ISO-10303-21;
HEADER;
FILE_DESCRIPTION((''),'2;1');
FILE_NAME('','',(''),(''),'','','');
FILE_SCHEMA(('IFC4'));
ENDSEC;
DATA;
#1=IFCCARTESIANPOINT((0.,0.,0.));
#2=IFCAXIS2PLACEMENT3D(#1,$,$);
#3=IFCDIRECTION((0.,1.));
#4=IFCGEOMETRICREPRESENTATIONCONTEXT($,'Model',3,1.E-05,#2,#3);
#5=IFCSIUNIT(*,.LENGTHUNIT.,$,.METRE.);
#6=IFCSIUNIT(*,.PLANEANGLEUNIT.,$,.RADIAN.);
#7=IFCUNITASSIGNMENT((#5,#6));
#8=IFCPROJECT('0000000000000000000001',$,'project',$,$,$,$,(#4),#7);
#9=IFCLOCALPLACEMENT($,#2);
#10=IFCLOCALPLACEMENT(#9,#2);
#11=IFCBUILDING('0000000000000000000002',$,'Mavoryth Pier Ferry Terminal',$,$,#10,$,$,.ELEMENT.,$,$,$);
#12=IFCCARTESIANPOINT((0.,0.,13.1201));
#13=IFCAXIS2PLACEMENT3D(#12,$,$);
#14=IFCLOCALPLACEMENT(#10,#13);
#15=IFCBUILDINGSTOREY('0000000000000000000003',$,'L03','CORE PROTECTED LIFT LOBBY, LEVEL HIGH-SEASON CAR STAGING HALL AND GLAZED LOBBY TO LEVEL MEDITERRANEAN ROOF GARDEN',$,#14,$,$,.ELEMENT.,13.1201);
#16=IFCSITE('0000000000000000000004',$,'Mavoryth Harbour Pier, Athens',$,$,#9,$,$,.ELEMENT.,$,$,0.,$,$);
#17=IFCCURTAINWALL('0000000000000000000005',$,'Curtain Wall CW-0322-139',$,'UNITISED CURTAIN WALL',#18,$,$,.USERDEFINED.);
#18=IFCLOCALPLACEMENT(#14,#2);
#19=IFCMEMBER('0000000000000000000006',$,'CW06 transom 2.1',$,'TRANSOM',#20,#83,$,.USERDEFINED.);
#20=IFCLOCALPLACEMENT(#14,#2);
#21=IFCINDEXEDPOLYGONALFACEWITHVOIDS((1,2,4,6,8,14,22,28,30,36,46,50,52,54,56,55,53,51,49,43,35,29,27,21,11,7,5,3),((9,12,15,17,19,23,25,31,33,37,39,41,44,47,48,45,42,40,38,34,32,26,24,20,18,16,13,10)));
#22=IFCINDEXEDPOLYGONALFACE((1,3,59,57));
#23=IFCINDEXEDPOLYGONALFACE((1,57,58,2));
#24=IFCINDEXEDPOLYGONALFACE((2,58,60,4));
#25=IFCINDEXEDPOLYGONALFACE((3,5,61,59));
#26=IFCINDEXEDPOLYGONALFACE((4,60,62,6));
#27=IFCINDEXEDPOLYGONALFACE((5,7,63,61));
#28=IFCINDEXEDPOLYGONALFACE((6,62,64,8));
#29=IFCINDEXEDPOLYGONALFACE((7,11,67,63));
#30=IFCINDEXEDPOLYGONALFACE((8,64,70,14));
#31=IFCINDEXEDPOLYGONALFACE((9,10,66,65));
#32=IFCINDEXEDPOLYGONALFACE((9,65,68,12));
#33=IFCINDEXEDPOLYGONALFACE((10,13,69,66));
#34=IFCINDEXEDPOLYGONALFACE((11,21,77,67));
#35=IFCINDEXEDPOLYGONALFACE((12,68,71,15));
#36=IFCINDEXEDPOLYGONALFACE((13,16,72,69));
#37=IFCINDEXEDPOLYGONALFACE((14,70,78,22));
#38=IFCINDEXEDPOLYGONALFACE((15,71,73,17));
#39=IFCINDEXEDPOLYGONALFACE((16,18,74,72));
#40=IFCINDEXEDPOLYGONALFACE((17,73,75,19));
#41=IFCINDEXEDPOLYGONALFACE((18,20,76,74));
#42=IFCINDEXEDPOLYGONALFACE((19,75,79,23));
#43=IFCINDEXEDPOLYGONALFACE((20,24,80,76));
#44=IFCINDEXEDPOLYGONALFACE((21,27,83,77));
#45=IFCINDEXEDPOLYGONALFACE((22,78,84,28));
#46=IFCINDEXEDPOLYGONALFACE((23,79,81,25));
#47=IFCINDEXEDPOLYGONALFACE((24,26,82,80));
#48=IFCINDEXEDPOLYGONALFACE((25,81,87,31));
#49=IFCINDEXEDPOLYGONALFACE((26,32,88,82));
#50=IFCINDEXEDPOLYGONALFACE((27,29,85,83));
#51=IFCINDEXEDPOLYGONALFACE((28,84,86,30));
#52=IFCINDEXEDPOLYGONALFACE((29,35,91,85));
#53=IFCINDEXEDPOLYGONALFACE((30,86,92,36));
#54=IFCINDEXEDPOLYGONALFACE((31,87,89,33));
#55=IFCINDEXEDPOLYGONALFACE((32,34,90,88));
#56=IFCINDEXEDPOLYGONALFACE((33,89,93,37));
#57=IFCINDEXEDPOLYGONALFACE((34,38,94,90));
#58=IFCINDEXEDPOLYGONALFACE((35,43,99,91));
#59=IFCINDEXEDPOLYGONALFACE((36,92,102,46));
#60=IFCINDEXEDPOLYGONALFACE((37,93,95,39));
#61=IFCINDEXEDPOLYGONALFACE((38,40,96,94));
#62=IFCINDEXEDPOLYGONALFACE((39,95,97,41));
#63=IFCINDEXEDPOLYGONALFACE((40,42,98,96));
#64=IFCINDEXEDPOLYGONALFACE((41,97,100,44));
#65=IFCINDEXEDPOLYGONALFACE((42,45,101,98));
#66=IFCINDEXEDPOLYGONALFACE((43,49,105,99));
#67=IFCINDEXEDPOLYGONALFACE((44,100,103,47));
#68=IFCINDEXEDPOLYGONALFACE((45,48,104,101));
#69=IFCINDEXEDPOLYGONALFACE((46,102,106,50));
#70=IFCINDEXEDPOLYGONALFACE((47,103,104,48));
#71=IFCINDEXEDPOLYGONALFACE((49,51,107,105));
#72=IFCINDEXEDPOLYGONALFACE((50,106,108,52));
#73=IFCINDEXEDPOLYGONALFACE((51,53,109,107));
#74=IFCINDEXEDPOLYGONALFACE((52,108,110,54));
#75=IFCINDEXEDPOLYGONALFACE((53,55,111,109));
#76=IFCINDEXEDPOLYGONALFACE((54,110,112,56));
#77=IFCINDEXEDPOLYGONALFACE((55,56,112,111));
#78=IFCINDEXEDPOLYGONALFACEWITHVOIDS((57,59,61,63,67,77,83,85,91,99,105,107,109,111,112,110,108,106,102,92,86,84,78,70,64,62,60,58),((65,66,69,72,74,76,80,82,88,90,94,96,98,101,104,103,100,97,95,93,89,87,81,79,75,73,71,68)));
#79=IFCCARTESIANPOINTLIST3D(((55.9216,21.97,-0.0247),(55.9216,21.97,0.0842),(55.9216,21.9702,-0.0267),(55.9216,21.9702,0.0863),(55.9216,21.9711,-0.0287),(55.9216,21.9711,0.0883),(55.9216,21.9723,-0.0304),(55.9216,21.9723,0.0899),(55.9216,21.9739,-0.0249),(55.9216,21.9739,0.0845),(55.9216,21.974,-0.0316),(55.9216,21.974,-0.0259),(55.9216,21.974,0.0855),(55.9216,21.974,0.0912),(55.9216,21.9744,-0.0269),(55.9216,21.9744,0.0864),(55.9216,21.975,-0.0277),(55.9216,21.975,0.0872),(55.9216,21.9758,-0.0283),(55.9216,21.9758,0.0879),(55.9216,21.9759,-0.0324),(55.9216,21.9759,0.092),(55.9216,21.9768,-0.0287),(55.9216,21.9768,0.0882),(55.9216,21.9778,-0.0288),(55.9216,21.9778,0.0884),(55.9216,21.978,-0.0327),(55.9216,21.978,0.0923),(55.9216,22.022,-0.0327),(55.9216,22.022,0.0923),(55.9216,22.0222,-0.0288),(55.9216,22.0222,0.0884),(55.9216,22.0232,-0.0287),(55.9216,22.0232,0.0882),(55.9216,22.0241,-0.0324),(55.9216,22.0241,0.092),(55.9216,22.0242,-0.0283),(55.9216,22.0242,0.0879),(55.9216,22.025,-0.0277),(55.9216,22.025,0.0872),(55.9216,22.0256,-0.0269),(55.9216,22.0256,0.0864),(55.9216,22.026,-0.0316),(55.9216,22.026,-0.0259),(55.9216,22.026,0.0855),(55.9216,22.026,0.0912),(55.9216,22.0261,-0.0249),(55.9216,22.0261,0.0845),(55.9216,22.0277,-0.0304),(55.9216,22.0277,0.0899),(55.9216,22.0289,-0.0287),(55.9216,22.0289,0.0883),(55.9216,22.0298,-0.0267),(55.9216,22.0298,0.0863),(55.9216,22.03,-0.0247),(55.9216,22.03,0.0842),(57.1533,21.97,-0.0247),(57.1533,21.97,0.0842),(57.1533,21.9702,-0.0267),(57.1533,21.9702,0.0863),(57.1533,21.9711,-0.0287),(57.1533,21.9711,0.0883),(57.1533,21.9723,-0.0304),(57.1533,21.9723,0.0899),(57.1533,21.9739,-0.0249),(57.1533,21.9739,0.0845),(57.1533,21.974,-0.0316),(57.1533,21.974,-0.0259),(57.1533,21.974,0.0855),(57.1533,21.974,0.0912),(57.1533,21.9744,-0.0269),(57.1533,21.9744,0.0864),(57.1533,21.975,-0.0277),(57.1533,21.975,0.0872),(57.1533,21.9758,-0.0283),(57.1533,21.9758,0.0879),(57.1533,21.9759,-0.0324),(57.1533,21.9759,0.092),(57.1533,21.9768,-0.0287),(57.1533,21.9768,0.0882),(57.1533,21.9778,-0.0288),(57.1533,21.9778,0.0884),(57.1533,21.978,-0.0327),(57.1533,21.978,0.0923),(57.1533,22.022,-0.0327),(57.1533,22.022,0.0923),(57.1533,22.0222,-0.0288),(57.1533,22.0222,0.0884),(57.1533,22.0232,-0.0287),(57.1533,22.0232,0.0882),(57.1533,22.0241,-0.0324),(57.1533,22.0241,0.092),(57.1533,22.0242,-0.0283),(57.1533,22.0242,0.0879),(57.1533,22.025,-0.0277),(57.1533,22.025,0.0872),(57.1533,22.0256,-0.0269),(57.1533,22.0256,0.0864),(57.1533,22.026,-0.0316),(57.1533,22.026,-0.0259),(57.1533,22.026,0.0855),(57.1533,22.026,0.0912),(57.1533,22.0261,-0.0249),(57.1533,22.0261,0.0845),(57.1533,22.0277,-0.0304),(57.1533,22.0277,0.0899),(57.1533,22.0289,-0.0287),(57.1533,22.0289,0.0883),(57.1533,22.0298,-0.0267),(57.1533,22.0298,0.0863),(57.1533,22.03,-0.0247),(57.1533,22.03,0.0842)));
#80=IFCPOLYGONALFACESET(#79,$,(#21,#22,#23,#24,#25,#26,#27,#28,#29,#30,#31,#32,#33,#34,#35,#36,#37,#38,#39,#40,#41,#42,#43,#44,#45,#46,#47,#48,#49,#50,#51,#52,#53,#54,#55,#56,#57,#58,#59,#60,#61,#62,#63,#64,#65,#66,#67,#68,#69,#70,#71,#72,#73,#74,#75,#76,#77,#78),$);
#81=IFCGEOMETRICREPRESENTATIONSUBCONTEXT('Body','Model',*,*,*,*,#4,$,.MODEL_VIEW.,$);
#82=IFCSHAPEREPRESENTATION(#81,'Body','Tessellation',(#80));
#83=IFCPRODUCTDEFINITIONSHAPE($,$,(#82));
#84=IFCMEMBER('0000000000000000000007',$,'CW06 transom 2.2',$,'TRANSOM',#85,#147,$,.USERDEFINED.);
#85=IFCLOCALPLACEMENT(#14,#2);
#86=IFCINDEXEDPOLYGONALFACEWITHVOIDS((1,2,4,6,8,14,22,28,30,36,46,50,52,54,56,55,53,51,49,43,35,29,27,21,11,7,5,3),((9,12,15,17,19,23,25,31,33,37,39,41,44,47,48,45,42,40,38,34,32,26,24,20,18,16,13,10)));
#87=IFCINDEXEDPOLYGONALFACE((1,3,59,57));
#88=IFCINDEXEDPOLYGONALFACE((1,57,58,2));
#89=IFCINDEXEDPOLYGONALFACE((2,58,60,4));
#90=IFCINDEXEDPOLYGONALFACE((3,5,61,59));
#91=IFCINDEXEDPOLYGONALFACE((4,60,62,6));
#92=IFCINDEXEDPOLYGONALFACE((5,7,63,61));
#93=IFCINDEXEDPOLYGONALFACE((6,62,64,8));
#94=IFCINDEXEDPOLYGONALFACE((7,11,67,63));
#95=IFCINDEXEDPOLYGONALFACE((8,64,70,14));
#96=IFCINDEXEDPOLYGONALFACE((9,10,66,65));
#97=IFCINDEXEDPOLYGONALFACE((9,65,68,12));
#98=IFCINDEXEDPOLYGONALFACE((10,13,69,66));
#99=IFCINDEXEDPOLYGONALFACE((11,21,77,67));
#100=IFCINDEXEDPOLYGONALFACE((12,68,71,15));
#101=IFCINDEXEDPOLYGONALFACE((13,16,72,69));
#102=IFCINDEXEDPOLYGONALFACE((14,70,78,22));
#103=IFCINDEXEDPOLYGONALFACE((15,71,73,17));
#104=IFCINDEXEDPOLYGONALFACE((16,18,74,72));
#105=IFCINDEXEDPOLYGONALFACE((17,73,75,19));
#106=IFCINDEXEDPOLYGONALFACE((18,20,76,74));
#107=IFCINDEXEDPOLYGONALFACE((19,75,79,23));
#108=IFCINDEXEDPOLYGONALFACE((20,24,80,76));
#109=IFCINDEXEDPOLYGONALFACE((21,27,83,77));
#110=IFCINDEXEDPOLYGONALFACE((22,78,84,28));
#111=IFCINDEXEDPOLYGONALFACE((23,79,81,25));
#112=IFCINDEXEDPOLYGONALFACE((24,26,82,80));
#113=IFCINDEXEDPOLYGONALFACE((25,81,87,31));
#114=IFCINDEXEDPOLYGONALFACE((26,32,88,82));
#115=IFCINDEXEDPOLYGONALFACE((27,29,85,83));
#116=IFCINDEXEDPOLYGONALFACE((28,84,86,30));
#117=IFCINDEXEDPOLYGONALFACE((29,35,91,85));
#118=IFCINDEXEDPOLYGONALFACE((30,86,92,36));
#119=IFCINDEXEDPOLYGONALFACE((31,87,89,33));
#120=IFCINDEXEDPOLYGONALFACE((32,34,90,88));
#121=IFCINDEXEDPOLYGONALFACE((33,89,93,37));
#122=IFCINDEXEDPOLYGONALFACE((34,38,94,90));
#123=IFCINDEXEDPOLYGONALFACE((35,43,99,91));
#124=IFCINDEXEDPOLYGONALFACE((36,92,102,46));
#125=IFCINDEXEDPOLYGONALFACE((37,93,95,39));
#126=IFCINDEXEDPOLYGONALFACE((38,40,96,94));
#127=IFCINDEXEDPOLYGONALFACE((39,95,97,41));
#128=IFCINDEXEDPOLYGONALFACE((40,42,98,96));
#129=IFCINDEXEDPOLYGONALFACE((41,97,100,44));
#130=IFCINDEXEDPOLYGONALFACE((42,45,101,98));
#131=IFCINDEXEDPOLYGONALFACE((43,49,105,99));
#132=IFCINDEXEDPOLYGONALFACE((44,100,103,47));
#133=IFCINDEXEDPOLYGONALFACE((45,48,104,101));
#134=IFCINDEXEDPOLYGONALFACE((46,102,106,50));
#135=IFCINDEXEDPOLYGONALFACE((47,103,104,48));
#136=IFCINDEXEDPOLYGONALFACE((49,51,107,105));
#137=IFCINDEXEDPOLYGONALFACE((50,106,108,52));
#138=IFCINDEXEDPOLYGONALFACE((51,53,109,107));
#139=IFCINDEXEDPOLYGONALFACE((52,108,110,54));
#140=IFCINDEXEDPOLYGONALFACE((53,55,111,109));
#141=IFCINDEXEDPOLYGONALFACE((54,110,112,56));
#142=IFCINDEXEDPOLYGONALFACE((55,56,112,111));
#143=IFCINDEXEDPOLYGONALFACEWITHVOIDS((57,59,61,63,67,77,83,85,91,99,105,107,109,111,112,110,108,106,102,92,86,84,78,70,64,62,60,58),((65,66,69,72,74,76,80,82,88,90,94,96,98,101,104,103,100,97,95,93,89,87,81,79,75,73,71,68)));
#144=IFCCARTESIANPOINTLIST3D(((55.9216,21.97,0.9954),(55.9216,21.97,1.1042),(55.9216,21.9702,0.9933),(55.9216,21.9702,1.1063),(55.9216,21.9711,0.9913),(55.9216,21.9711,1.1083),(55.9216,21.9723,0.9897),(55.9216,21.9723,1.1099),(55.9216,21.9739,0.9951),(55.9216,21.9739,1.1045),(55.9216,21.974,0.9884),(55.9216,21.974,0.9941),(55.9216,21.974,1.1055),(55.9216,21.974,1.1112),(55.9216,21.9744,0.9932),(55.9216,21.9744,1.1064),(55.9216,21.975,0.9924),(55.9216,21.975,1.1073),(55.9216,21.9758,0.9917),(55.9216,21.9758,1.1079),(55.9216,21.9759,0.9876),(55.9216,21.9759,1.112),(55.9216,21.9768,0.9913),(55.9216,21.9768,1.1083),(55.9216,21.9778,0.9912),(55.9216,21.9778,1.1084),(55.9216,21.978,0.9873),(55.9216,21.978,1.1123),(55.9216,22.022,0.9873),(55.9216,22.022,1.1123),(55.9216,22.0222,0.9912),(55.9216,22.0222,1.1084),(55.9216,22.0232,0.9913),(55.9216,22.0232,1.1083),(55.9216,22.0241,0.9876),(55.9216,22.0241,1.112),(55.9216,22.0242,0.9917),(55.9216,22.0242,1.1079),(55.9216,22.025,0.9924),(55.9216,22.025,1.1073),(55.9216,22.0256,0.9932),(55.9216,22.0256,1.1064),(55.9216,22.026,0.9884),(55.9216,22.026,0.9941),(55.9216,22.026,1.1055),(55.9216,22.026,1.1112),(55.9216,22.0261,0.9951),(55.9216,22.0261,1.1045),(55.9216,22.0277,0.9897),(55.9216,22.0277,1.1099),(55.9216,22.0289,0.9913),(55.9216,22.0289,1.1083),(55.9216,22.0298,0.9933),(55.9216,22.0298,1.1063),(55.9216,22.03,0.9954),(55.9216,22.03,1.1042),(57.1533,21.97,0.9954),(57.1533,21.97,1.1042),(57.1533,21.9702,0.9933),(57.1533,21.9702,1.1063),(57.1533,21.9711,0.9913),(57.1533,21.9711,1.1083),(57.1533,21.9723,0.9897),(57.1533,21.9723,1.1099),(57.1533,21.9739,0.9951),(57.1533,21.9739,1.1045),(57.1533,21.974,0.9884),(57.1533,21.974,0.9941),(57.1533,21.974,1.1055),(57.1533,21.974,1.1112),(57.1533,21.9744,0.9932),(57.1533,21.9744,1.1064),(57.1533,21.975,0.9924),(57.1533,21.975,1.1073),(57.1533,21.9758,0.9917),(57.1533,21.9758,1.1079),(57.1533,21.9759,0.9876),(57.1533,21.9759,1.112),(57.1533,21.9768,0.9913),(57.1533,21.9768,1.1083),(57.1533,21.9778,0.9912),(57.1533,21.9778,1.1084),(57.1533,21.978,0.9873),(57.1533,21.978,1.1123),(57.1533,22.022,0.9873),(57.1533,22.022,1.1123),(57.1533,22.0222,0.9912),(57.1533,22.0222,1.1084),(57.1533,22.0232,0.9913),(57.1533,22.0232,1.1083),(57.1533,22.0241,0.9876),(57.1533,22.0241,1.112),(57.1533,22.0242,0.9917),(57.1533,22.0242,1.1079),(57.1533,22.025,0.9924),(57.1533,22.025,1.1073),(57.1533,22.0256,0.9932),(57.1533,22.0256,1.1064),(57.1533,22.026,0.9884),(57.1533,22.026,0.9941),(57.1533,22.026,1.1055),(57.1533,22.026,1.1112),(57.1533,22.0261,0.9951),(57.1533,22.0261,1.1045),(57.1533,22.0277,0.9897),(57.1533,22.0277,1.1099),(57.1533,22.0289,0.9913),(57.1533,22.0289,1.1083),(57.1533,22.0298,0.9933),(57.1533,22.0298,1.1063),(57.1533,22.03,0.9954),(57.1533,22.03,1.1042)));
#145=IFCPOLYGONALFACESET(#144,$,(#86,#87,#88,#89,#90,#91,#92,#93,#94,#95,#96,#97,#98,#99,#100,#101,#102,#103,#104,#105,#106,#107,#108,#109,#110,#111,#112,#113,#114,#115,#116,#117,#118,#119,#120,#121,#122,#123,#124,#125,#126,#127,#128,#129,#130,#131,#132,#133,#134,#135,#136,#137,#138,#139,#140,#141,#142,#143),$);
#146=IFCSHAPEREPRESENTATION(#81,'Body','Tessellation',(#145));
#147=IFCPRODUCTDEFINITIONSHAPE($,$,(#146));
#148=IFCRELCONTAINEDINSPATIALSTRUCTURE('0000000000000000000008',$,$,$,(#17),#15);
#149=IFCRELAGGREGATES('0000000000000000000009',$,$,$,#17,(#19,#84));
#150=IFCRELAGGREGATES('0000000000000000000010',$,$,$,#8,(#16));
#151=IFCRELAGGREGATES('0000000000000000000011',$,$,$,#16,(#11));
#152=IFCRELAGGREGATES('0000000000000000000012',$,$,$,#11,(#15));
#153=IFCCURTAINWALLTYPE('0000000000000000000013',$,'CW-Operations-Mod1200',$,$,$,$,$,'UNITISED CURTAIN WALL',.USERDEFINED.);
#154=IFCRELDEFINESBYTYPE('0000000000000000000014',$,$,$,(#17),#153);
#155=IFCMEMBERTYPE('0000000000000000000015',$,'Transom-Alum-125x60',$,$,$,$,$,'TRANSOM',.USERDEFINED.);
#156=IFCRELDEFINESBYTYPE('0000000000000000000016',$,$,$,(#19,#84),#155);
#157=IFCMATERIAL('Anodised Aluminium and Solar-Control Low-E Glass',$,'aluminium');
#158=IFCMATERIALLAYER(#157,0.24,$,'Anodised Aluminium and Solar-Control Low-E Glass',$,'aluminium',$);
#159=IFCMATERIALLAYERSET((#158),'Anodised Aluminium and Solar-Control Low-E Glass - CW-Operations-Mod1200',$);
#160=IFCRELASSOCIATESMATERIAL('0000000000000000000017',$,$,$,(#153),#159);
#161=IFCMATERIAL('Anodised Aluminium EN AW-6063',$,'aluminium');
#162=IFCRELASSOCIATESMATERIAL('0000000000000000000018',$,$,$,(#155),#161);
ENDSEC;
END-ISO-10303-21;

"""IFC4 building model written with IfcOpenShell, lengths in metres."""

from ifc_helpers import new_model, si_unit, direction, frame, origin, origin_2d, place, context, subcontext, project, spatial, hollow_rectangle, extrude, material, layer, layer_set, material_profile, profile_set, type_object, element, aggregate, save


model = new_model("IFC4")

# Units and contexts
model_context = context("Model", 3, precision=1e-05, world=origin(), true_north=direction((0.0, 1.0)))
body_context = subcontext(model_context, "Body", "Model", "MODEL_VIEW")
ifc_project = project(units=[si_unit("LENGTHUNIT", "METRE"), si_unit("PLANEANGLEUNIT", "RADIAN")], contexts=[model_context])

# Site, building, storey
site_placement = place(None, origin())
site = spatial("IfcSite", under=ifc_project, at=site_placement, Name="Mavoryth Harbour Pier, Athens", CompositionType="ELEMENT", RefElevation=0.0)
building_placement = place(site_placement, origin())
building = spatial("IfcBuilding", under=site, at=building_placement, Name="Mavoryth Pier Ferry Terminal", CompositionType="ELEMENT")
storey_placement = place(building_placement, frame((0.0, 0.0, 13.1201)))
storey = spatial("IfcBuildingStorey", under=building, at=storey_placement, Name="L03", Description="CORE PROTECTED LIFT LOBBY, LEVEL HIGH-SEASON CAR STAGING HALL AND GLAZED LOBBY TO LEVEL MEDITERRANEAN ROOF GARDEN", CompositionType="ELEMENT", Elevation=13.1201)

# Curtain wall, members
ifc_material_1 = material(Name="Anodised Aluminium and Solar-Control Low-E Glass", Category="aluminium")
ifc_layer_1 = layer(ifc_material_1, 0.24, Name="Anodised Aluminium and Solar-Control Low-E Glass", Category="aluminium")
ifc_layer_set_1 = layer_set([ifc_layer_1], Name="Anodised Aluminium and Solar-Control Low-E Glass - CW-Operations-Mod1200")
curtain_wall_type = type_object("IfcCurtainWallType", Name="CW-Operations-Mod1200", ElementType="UNITISED CURTAIN WALL", PredefinedType="USERDEFINED", material=ifc_layer_set_1)
curtain_wall_placement = place(storey_placement, origin())
curtain_wall = element("IfcCurtainWall", 1, at=curtain_wall_placement, inside=storey, type_object=curtain_wall_type, Name="Curtain Wall CW-0322-139", ObjectType="UNITISED CURTAIN WALL", PredefinedType="USERDEFINED")
ifc_material_2 = material(Name="Anodised Aluminium EN AW-6063", Category="aluminium")
ifc_material_profile_1 = material_profile(ifc_material_2, hollow_rectangle(XDim=0.0601, YDim=0.125, WallThickness=0.0039, InnerFilletRadius=0.0039, OuterFilletRadius=0.0081, at=origin_2d()), Name="AL-TRAN 125x60x4", Category="aluminium")
ifc_profile_set_1 = profile_set([ifc_material_profile_1], Name="Anodised Aluminium EN AW-6063 - AL-TRAN 125x60x4")
member_type_1 = type_object("IfcMemberType", Name="Transom-Alum-125x60", ElementType="TRANSOM", PredefinedType="USERDEFINED", material=ifc_profile_set_1)
member_1_placement = place(storey_placement, frame((57.1533, 22.0, 0.0298), z_axis=(-1.0, 0.0, 0.0), x_axis=(0.0, -1.0, 0.0)))
member_1 = element("IfcMember", 2, at=member_1_placement, type_object=member_type_1, Name="CW06 transom 2.1", ObjectType="TRANSOM", PredefinedType="USERDEFINED", context=body_context, shape_type="SweptSolid", body=[
    extrude(hollow_rectangle(XDim=0.0601, YDim=0.125, WallThickness=0.0039, InnerFilletRadius=0.0039, OuterFilletRadius=0.0081, at=origin_2d()), origin(), (0.0, 0.0, 1.0), 1.2317),
])
member_2_placement = place(storey_placement, frame((57.1533, 22.0, 1.0498), z_axis=(-1.0, 0.0, 0.0), x_axis=(0.0, -1.0, 0.0)))
member_2 = element("IfcMember", 3, at=member_2_placement, type_object=member_type_1, Name="CW06 transom 2.2", ObjectType="TRANSOM", PredefinedType="USERDEFINED", context=body_context, shape_type="SweptSolid", body=[
    extrude(hollow_rectangle(XDim=0.0601, YDim=0.125, WallThickness=0.0039, InnerFilletRadius=0.0039, OuterFilletRadius=0.0081, at=origin_2d()), origin(), (0.0, 0.0, 1.0), 1.2317),
])
aggregate(curtain_wall, [member_1, member_2])

save(model, "model.ifc")
